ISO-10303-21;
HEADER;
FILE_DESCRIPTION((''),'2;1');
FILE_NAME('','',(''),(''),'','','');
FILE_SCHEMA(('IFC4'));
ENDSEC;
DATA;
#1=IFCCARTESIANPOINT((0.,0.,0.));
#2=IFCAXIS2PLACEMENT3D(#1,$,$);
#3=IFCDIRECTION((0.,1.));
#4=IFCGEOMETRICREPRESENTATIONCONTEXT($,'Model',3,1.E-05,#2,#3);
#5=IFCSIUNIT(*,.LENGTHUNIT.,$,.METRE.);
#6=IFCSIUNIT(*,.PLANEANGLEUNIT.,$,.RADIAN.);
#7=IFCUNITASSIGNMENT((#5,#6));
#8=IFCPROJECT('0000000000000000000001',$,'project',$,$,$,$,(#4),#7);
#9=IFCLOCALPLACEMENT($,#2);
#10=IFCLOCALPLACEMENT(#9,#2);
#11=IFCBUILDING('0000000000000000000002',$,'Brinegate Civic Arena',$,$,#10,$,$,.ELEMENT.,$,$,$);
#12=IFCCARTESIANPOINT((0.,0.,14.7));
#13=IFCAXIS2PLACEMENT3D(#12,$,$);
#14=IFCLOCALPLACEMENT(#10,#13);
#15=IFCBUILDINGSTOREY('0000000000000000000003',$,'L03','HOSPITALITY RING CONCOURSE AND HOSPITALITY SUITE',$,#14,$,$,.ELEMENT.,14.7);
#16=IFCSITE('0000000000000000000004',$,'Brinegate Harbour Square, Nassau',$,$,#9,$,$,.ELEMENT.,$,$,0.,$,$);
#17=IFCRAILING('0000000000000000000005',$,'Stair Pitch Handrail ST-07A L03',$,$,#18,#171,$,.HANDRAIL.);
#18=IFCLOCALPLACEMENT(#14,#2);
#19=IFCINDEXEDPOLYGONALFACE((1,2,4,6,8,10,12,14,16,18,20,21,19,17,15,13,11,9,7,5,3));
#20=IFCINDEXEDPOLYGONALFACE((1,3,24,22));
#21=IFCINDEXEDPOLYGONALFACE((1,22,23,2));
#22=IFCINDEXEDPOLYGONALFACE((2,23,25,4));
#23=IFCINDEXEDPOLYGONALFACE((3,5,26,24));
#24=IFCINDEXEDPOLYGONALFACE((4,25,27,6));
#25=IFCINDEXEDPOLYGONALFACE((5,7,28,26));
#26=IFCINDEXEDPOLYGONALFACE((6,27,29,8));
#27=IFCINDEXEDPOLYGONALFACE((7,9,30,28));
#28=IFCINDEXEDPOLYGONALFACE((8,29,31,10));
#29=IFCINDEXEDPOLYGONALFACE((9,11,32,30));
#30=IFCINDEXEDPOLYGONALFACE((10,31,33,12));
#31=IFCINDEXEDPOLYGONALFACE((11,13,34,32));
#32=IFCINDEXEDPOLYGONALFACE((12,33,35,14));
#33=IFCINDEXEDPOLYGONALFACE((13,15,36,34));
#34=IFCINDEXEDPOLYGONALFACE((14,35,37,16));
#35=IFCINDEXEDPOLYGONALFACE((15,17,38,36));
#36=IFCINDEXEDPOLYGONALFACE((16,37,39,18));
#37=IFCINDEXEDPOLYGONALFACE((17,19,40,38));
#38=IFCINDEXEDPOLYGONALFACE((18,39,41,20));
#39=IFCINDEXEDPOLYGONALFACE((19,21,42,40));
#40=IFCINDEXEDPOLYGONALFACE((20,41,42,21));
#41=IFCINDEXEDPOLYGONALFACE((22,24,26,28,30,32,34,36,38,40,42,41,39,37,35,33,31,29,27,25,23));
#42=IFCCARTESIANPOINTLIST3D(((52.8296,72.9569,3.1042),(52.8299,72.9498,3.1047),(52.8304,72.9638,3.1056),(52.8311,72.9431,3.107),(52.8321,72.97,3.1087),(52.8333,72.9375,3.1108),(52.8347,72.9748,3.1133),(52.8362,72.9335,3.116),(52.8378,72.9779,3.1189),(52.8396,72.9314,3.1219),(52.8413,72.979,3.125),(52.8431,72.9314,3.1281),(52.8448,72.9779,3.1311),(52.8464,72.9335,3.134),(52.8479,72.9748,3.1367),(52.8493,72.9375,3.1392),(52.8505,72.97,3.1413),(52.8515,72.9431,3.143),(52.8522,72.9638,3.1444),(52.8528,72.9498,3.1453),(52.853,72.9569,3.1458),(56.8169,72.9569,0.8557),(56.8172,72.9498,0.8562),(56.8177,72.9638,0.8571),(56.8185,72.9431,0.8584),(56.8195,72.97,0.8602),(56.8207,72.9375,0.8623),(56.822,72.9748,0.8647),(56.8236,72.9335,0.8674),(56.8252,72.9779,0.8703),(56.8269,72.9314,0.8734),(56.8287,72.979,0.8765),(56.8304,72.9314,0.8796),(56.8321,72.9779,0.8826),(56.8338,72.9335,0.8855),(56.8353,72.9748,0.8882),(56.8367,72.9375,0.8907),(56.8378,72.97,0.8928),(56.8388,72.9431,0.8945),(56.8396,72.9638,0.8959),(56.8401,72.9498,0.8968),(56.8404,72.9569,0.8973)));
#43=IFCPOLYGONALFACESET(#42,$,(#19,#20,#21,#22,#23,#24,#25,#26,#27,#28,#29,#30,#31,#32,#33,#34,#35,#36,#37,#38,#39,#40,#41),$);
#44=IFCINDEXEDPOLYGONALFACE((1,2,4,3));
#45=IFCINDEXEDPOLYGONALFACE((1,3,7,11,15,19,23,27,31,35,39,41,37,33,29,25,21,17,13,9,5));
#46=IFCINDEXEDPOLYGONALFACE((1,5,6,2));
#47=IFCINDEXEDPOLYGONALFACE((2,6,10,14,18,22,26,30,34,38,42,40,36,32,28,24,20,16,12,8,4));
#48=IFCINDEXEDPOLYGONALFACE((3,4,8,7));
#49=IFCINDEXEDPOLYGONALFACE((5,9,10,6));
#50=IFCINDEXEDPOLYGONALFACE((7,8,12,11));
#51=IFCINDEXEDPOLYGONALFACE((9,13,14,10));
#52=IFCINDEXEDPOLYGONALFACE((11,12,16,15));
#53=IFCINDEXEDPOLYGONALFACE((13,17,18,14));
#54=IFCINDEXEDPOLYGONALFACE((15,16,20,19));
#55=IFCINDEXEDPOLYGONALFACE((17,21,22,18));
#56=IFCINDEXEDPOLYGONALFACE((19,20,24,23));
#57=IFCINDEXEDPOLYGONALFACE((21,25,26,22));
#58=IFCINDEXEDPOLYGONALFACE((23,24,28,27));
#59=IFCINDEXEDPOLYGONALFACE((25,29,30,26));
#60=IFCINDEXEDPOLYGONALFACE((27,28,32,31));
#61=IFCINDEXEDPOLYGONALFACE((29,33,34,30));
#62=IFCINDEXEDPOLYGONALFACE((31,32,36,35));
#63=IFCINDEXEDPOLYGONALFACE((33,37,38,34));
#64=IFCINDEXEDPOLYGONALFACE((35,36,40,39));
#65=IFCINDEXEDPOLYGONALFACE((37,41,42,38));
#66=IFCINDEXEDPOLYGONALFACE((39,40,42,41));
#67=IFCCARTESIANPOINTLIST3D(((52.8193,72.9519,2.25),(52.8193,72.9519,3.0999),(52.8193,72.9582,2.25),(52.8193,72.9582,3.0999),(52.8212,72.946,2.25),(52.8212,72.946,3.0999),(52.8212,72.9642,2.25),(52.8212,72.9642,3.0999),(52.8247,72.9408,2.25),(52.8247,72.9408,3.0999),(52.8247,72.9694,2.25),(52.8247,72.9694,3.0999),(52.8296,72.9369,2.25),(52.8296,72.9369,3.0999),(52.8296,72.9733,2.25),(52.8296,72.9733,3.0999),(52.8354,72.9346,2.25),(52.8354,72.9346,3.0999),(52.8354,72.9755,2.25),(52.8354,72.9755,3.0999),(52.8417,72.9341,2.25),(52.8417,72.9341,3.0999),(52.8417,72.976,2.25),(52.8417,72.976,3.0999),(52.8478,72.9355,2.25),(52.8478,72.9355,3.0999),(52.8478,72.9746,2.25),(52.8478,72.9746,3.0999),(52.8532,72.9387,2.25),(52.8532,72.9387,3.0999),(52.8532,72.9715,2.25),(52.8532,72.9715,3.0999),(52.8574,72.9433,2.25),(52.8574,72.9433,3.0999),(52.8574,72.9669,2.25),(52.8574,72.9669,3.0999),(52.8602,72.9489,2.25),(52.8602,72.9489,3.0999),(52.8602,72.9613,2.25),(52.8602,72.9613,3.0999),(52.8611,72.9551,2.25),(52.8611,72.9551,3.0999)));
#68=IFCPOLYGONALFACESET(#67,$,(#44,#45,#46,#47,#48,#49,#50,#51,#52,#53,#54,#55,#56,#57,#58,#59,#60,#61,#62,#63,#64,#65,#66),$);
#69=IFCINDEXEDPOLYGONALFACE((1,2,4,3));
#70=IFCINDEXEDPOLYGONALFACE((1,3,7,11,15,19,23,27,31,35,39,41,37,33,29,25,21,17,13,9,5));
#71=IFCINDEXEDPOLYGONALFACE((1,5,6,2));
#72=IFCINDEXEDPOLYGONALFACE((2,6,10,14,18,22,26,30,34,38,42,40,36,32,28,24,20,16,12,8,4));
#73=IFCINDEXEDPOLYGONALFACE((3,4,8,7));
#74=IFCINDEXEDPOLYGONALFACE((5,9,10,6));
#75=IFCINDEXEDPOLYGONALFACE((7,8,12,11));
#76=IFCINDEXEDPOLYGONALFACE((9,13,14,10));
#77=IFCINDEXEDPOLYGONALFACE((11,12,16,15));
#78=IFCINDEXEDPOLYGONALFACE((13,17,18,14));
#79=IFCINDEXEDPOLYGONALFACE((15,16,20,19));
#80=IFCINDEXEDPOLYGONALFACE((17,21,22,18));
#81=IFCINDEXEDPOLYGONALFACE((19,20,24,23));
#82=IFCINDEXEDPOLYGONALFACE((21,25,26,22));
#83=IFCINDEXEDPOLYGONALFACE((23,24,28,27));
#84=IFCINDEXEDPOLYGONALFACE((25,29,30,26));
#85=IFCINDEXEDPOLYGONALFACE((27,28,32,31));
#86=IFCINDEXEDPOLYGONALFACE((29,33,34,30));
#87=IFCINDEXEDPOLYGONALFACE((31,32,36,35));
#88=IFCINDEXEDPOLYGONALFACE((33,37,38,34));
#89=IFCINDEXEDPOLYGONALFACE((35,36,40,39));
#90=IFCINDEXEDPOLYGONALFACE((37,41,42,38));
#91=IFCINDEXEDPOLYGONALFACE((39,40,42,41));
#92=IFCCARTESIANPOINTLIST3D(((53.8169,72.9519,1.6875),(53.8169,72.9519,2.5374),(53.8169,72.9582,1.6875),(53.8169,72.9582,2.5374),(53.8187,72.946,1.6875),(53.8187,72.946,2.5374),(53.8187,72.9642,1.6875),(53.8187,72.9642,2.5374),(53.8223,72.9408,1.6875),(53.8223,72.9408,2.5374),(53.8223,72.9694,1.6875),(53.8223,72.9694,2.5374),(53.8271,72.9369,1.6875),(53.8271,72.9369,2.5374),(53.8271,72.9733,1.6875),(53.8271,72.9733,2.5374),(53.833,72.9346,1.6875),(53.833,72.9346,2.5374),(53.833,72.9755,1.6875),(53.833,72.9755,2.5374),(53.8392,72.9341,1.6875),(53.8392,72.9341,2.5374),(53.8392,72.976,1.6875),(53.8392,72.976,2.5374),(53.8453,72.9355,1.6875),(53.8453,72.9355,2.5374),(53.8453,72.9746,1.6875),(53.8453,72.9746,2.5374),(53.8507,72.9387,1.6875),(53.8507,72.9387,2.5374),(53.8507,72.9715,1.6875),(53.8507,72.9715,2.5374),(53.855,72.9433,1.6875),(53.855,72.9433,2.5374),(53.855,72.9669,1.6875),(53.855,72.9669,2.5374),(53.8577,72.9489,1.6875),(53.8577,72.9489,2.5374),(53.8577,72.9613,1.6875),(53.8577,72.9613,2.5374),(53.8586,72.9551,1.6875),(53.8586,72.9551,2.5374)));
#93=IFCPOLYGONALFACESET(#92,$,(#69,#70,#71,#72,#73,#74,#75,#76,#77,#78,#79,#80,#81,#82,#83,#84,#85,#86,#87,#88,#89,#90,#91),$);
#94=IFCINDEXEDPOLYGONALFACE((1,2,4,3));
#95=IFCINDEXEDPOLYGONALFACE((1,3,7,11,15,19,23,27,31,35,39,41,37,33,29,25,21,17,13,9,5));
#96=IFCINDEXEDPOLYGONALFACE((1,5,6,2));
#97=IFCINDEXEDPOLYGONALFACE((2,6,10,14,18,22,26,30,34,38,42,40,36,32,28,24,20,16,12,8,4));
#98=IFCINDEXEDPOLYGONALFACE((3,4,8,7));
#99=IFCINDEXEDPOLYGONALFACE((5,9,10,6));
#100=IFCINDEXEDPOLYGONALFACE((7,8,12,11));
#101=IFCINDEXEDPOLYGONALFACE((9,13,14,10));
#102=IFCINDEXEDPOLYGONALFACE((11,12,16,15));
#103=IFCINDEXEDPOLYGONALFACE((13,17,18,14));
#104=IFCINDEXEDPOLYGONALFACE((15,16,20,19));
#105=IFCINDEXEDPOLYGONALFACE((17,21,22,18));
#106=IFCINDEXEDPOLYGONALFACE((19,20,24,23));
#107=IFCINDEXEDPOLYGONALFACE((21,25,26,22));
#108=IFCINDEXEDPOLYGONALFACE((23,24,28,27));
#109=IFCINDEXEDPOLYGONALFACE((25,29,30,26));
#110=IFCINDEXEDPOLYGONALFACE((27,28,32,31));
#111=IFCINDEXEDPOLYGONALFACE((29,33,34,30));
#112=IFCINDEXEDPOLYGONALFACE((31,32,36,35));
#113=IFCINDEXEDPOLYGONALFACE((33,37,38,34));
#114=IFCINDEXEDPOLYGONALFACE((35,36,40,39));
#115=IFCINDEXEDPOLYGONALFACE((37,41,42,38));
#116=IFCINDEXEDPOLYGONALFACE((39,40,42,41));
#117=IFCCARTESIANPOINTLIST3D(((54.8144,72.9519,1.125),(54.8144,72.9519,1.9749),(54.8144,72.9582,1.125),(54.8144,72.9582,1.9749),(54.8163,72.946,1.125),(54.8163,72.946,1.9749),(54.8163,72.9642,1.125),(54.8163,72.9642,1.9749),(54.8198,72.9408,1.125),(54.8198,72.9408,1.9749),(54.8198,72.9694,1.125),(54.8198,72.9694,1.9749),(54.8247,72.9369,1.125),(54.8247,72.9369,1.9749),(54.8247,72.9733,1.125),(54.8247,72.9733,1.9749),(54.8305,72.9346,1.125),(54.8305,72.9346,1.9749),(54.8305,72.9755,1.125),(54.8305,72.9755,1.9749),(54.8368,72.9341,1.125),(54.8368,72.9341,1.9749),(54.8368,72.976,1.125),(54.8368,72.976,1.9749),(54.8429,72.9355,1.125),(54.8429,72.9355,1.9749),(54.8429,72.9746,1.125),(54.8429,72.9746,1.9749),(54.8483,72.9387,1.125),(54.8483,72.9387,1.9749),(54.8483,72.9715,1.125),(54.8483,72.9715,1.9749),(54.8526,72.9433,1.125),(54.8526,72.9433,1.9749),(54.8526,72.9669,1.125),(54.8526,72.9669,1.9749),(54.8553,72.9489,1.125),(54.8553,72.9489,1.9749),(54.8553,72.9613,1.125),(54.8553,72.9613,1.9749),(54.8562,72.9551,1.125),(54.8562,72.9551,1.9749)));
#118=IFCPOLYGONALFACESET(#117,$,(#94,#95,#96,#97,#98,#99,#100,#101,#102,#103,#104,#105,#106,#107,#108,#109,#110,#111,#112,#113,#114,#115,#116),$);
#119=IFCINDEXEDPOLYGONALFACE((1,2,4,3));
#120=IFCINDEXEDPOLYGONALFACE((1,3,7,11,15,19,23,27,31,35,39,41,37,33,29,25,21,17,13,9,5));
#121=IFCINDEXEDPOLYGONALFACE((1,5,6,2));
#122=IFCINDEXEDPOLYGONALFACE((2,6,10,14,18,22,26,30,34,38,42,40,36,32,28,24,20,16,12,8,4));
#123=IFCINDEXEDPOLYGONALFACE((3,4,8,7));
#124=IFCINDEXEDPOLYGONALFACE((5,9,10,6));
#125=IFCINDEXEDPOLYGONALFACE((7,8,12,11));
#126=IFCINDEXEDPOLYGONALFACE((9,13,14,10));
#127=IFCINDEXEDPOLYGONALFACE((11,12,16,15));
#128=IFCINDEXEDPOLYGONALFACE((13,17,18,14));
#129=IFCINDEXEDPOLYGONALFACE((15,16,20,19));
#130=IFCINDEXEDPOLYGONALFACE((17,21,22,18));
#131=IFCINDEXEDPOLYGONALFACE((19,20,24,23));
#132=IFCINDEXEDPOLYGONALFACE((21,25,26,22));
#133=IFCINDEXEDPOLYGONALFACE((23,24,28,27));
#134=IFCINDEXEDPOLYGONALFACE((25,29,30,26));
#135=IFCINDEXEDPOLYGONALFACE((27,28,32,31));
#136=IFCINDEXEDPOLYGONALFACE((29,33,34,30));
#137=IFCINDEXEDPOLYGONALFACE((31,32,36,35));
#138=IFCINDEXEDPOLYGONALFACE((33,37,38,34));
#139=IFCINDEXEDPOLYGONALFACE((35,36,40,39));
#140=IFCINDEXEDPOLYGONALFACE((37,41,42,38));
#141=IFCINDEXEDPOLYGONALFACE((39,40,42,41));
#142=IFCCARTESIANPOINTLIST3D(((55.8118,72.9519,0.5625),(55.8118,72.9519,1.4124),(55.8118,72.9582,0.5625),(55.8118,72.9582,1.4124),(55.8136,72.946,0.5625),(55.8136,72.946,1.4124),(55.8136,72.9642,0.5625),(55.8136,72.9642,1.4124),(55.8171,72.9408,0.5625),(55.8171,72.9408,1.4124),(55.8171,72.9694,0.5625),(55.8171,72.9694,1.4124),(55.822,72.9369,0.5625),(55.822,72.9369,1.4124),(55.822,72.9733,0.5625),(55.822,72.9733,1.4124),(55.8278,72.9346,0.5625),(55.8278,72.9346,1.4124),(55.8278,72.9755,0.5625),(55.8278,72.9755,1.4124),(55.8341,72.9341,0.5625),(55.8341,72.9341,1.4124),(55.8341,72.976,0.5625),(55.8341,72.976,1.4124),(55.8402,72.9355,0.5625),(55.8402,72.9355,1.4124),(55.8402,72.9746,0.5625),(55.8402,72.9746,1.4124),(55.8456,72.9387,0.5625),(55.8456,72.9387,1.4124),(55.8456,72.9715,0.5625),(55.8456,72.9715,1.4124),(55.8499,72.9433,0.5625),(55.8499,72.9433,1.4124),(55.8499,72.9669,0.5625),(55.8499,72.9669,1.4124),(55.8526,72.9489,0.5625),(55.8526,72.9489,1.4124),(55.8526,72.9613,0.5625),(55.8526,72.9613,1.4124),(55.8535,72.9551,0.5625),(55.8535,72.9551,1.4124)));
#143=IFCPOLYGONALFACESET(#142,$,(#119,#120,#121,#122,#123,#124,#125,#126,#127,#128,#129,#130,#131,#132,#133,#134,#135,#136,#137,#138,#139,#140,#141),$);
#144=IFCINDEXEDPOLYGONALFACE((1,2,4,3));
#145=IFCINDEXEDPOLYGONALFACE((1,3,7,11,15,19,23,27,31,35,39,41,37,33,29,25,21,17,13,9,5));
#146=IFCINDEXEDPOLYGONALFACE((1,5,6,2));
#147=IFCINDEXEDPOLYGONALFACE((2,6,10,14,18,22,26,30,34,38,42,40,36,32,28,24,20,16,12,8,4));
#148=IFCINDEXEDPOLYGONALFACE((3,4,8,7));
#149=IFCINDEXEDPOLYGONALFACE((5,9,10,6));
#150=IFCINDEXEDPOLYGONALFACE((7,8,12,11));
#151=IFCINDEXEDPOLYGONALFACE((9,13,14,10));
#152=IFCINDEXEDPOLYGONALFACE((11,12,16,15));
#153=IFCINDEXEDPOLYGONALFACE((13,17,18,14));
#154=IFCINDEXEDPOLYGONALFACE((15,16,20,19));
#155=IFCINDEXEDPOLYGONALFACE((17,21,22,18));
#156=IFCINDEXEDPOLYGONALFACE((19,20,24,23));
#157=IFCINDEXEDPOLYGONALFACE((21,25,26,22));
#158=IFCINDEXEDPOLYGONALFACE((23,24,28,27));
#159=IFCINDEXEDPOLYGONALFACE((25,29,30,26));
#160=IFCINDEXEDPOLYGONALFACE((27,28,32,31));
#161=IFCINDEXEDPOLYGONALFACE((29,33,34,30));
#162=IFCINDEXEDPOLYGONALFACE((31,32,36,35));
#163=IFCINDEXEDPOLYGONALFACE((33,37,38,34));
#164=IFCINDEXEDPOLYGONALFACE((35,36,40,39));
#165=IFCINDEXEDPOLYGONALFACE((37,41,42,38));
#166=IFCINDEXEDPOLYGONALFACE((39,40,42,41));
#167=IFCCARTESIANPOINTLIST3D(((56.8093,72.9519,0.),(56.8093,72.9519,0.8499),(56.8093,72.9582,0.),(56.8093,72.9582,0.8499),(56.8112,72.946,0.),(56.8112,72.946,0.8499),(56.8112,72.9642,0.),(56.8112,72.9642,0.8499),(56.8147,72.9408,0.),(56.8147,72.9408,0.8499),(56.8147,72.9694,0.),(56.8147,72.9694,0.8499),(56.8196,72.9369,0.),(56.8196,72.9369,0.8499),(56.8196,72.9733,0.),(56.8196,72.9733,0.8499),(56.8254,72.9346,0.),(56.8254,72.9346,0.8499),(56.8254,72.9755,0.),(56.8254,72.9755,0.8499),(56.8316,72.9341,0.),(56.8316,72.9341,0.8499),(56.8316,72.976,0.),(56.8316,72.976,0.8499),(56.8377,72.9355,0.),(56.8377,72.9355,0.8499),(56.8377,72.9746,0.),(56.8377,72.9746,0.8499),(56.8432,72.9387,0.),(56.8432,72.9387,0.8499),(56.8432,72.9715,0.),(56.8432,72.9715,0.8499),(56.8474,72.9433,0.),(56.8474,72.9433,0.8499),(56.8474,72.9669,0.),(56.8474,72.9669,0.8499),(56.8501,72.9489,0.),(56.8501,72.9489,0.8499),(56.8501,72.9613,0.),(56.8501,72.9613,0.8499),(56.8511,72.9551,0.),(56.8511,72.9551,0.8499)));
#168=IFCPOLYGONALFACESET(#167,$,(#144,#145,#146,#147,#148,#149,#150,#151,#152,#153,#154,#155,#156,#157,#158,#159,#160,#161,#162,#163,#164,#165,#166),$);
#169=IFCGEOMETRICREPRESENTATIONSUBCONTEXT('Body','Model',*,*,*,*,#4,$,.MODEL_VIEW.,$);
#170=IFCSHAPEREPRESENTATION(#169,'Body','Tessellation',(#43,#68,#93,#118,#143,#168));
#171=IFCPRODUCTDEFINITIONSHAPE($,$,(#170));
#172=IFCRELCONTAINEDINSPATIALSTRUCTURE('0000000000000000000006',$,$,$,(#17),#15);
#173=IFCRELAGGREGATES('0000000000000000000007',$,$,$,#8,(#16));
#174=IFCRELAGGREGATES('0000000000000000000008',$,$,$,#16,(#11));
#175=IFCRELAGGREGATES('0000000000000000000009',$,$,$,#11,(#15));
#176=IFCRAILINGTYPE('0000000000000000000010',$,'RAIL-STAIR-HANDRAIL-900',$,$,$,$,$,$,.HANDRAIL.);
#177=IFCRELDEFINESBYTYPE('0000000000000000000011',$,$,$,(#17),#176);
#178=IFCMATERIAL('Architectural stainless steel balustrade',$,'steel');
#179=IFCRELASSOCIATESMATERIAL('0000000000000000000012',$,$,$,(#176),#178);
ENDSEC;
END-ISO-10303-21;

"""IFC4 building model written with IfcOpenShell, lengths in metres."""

from ifc_helpers import new_model, si_unit, direction, frame, origin, origin_2d, place, context, subcontext, project, spatial, circle, extrude, material, type_object, element, save


model = new_model("IFC4")

# Units and contexts
model_context = context("Model", 3, precision=1e-05, world=origin(), true_north=direction((0.0, 1.0)))
body_context = subcontext(model_context, "Body", "Model", "MODEL_VIEW")
ifc_project = project(units=[si_unit("LENGTHUNIT", "METRE"), si_unit("PLANEANGLEUNIT", "RADIAN")], contexts=[model_context])

# Site, building, storey
site_placement = place(None, origin())
site = spatial("IfcSite", under=ifc_project, at=site_placement, Name="Brinegate Harbour Square, Nassau", CompositionType="ELEMENT", RefElevation=0.0)
building_placement = place(site_placement, origin())
building = spatial("IfcBuilding", under=site, at=building_placement, Name="Brinegate Civic Arena", CompositionType="ELEMENT")
storey_placement = place(building_placement, frame((0.0, 0.0, 14.7)))
storey = spatial("IfcBuildingStorey", under=building, at=storey_placement, Name="L03", Description="HOSPITALITY RING CONCOURSE AND HOSPITALITY SUITE", CompositionType="ELEMENT", Elevation=14.7)

# Shared definitions
ifc_material_1 = material(Name="Architectural stainless steel balustrade", Category="steel")

# Railing
railing_type_1 = type_object("IfcRailingType", Name="RAIL-STAIR-HANDRAIL-900", PredefinedType="HANDRAIL", material=ifc_material_1)
for number, where, name in (
    (1, (52.8401, 72.9551, 2.25), "Stair Pitch Handrail ST-07A L03"),
):
    element("IfcRailing", number, at=place(storey_placement, frame(where)), inside=storey, type_object=railing_type_1, Name=name, PredefinedType="HANDRAIL", context=body_context, shape_type="SweptSolid", body=[
        extrude(circle(Radius=0.0239, at=origin_2d()), frame((0.0012, 0.0, 0.875), z_axis=(0.87105, 0.0, -0.491195), x_axis=(0.0, 1.0, 0.0)), (0.0, 0.0, 1.0), 4.5776),
        extrude(circle(Radius=0.021, at=origin_2d()), origin(), (0.0, 0.0, 1.0), 0.8499),
        extrude(circle(Radius=0.021, at=origin_2d()), frame((0.9976, 0.0, -0.5625)), (0.0, 0.0, 1.0), 0.8499),
        extrude(circle(Radius=0.021, at=origin_2d()), frame((1.9951, 0.0, -1.125)), (0.0, 0.0, 1.0), 0.8499),
        extrude(circle(Radius=0.021, at=origin_2d()), frame((2.9924, 0.0, -1.6875)), (0.0, 0.0, 1.0), 0.8499),
        extrude(circle(Radius=0.021, at=origin_2d()), frame((3.99, 0.0, -2.25)), (0.0, 0.0, 1.0), 0.8499),
    ])

save(model, "model.ifc")
